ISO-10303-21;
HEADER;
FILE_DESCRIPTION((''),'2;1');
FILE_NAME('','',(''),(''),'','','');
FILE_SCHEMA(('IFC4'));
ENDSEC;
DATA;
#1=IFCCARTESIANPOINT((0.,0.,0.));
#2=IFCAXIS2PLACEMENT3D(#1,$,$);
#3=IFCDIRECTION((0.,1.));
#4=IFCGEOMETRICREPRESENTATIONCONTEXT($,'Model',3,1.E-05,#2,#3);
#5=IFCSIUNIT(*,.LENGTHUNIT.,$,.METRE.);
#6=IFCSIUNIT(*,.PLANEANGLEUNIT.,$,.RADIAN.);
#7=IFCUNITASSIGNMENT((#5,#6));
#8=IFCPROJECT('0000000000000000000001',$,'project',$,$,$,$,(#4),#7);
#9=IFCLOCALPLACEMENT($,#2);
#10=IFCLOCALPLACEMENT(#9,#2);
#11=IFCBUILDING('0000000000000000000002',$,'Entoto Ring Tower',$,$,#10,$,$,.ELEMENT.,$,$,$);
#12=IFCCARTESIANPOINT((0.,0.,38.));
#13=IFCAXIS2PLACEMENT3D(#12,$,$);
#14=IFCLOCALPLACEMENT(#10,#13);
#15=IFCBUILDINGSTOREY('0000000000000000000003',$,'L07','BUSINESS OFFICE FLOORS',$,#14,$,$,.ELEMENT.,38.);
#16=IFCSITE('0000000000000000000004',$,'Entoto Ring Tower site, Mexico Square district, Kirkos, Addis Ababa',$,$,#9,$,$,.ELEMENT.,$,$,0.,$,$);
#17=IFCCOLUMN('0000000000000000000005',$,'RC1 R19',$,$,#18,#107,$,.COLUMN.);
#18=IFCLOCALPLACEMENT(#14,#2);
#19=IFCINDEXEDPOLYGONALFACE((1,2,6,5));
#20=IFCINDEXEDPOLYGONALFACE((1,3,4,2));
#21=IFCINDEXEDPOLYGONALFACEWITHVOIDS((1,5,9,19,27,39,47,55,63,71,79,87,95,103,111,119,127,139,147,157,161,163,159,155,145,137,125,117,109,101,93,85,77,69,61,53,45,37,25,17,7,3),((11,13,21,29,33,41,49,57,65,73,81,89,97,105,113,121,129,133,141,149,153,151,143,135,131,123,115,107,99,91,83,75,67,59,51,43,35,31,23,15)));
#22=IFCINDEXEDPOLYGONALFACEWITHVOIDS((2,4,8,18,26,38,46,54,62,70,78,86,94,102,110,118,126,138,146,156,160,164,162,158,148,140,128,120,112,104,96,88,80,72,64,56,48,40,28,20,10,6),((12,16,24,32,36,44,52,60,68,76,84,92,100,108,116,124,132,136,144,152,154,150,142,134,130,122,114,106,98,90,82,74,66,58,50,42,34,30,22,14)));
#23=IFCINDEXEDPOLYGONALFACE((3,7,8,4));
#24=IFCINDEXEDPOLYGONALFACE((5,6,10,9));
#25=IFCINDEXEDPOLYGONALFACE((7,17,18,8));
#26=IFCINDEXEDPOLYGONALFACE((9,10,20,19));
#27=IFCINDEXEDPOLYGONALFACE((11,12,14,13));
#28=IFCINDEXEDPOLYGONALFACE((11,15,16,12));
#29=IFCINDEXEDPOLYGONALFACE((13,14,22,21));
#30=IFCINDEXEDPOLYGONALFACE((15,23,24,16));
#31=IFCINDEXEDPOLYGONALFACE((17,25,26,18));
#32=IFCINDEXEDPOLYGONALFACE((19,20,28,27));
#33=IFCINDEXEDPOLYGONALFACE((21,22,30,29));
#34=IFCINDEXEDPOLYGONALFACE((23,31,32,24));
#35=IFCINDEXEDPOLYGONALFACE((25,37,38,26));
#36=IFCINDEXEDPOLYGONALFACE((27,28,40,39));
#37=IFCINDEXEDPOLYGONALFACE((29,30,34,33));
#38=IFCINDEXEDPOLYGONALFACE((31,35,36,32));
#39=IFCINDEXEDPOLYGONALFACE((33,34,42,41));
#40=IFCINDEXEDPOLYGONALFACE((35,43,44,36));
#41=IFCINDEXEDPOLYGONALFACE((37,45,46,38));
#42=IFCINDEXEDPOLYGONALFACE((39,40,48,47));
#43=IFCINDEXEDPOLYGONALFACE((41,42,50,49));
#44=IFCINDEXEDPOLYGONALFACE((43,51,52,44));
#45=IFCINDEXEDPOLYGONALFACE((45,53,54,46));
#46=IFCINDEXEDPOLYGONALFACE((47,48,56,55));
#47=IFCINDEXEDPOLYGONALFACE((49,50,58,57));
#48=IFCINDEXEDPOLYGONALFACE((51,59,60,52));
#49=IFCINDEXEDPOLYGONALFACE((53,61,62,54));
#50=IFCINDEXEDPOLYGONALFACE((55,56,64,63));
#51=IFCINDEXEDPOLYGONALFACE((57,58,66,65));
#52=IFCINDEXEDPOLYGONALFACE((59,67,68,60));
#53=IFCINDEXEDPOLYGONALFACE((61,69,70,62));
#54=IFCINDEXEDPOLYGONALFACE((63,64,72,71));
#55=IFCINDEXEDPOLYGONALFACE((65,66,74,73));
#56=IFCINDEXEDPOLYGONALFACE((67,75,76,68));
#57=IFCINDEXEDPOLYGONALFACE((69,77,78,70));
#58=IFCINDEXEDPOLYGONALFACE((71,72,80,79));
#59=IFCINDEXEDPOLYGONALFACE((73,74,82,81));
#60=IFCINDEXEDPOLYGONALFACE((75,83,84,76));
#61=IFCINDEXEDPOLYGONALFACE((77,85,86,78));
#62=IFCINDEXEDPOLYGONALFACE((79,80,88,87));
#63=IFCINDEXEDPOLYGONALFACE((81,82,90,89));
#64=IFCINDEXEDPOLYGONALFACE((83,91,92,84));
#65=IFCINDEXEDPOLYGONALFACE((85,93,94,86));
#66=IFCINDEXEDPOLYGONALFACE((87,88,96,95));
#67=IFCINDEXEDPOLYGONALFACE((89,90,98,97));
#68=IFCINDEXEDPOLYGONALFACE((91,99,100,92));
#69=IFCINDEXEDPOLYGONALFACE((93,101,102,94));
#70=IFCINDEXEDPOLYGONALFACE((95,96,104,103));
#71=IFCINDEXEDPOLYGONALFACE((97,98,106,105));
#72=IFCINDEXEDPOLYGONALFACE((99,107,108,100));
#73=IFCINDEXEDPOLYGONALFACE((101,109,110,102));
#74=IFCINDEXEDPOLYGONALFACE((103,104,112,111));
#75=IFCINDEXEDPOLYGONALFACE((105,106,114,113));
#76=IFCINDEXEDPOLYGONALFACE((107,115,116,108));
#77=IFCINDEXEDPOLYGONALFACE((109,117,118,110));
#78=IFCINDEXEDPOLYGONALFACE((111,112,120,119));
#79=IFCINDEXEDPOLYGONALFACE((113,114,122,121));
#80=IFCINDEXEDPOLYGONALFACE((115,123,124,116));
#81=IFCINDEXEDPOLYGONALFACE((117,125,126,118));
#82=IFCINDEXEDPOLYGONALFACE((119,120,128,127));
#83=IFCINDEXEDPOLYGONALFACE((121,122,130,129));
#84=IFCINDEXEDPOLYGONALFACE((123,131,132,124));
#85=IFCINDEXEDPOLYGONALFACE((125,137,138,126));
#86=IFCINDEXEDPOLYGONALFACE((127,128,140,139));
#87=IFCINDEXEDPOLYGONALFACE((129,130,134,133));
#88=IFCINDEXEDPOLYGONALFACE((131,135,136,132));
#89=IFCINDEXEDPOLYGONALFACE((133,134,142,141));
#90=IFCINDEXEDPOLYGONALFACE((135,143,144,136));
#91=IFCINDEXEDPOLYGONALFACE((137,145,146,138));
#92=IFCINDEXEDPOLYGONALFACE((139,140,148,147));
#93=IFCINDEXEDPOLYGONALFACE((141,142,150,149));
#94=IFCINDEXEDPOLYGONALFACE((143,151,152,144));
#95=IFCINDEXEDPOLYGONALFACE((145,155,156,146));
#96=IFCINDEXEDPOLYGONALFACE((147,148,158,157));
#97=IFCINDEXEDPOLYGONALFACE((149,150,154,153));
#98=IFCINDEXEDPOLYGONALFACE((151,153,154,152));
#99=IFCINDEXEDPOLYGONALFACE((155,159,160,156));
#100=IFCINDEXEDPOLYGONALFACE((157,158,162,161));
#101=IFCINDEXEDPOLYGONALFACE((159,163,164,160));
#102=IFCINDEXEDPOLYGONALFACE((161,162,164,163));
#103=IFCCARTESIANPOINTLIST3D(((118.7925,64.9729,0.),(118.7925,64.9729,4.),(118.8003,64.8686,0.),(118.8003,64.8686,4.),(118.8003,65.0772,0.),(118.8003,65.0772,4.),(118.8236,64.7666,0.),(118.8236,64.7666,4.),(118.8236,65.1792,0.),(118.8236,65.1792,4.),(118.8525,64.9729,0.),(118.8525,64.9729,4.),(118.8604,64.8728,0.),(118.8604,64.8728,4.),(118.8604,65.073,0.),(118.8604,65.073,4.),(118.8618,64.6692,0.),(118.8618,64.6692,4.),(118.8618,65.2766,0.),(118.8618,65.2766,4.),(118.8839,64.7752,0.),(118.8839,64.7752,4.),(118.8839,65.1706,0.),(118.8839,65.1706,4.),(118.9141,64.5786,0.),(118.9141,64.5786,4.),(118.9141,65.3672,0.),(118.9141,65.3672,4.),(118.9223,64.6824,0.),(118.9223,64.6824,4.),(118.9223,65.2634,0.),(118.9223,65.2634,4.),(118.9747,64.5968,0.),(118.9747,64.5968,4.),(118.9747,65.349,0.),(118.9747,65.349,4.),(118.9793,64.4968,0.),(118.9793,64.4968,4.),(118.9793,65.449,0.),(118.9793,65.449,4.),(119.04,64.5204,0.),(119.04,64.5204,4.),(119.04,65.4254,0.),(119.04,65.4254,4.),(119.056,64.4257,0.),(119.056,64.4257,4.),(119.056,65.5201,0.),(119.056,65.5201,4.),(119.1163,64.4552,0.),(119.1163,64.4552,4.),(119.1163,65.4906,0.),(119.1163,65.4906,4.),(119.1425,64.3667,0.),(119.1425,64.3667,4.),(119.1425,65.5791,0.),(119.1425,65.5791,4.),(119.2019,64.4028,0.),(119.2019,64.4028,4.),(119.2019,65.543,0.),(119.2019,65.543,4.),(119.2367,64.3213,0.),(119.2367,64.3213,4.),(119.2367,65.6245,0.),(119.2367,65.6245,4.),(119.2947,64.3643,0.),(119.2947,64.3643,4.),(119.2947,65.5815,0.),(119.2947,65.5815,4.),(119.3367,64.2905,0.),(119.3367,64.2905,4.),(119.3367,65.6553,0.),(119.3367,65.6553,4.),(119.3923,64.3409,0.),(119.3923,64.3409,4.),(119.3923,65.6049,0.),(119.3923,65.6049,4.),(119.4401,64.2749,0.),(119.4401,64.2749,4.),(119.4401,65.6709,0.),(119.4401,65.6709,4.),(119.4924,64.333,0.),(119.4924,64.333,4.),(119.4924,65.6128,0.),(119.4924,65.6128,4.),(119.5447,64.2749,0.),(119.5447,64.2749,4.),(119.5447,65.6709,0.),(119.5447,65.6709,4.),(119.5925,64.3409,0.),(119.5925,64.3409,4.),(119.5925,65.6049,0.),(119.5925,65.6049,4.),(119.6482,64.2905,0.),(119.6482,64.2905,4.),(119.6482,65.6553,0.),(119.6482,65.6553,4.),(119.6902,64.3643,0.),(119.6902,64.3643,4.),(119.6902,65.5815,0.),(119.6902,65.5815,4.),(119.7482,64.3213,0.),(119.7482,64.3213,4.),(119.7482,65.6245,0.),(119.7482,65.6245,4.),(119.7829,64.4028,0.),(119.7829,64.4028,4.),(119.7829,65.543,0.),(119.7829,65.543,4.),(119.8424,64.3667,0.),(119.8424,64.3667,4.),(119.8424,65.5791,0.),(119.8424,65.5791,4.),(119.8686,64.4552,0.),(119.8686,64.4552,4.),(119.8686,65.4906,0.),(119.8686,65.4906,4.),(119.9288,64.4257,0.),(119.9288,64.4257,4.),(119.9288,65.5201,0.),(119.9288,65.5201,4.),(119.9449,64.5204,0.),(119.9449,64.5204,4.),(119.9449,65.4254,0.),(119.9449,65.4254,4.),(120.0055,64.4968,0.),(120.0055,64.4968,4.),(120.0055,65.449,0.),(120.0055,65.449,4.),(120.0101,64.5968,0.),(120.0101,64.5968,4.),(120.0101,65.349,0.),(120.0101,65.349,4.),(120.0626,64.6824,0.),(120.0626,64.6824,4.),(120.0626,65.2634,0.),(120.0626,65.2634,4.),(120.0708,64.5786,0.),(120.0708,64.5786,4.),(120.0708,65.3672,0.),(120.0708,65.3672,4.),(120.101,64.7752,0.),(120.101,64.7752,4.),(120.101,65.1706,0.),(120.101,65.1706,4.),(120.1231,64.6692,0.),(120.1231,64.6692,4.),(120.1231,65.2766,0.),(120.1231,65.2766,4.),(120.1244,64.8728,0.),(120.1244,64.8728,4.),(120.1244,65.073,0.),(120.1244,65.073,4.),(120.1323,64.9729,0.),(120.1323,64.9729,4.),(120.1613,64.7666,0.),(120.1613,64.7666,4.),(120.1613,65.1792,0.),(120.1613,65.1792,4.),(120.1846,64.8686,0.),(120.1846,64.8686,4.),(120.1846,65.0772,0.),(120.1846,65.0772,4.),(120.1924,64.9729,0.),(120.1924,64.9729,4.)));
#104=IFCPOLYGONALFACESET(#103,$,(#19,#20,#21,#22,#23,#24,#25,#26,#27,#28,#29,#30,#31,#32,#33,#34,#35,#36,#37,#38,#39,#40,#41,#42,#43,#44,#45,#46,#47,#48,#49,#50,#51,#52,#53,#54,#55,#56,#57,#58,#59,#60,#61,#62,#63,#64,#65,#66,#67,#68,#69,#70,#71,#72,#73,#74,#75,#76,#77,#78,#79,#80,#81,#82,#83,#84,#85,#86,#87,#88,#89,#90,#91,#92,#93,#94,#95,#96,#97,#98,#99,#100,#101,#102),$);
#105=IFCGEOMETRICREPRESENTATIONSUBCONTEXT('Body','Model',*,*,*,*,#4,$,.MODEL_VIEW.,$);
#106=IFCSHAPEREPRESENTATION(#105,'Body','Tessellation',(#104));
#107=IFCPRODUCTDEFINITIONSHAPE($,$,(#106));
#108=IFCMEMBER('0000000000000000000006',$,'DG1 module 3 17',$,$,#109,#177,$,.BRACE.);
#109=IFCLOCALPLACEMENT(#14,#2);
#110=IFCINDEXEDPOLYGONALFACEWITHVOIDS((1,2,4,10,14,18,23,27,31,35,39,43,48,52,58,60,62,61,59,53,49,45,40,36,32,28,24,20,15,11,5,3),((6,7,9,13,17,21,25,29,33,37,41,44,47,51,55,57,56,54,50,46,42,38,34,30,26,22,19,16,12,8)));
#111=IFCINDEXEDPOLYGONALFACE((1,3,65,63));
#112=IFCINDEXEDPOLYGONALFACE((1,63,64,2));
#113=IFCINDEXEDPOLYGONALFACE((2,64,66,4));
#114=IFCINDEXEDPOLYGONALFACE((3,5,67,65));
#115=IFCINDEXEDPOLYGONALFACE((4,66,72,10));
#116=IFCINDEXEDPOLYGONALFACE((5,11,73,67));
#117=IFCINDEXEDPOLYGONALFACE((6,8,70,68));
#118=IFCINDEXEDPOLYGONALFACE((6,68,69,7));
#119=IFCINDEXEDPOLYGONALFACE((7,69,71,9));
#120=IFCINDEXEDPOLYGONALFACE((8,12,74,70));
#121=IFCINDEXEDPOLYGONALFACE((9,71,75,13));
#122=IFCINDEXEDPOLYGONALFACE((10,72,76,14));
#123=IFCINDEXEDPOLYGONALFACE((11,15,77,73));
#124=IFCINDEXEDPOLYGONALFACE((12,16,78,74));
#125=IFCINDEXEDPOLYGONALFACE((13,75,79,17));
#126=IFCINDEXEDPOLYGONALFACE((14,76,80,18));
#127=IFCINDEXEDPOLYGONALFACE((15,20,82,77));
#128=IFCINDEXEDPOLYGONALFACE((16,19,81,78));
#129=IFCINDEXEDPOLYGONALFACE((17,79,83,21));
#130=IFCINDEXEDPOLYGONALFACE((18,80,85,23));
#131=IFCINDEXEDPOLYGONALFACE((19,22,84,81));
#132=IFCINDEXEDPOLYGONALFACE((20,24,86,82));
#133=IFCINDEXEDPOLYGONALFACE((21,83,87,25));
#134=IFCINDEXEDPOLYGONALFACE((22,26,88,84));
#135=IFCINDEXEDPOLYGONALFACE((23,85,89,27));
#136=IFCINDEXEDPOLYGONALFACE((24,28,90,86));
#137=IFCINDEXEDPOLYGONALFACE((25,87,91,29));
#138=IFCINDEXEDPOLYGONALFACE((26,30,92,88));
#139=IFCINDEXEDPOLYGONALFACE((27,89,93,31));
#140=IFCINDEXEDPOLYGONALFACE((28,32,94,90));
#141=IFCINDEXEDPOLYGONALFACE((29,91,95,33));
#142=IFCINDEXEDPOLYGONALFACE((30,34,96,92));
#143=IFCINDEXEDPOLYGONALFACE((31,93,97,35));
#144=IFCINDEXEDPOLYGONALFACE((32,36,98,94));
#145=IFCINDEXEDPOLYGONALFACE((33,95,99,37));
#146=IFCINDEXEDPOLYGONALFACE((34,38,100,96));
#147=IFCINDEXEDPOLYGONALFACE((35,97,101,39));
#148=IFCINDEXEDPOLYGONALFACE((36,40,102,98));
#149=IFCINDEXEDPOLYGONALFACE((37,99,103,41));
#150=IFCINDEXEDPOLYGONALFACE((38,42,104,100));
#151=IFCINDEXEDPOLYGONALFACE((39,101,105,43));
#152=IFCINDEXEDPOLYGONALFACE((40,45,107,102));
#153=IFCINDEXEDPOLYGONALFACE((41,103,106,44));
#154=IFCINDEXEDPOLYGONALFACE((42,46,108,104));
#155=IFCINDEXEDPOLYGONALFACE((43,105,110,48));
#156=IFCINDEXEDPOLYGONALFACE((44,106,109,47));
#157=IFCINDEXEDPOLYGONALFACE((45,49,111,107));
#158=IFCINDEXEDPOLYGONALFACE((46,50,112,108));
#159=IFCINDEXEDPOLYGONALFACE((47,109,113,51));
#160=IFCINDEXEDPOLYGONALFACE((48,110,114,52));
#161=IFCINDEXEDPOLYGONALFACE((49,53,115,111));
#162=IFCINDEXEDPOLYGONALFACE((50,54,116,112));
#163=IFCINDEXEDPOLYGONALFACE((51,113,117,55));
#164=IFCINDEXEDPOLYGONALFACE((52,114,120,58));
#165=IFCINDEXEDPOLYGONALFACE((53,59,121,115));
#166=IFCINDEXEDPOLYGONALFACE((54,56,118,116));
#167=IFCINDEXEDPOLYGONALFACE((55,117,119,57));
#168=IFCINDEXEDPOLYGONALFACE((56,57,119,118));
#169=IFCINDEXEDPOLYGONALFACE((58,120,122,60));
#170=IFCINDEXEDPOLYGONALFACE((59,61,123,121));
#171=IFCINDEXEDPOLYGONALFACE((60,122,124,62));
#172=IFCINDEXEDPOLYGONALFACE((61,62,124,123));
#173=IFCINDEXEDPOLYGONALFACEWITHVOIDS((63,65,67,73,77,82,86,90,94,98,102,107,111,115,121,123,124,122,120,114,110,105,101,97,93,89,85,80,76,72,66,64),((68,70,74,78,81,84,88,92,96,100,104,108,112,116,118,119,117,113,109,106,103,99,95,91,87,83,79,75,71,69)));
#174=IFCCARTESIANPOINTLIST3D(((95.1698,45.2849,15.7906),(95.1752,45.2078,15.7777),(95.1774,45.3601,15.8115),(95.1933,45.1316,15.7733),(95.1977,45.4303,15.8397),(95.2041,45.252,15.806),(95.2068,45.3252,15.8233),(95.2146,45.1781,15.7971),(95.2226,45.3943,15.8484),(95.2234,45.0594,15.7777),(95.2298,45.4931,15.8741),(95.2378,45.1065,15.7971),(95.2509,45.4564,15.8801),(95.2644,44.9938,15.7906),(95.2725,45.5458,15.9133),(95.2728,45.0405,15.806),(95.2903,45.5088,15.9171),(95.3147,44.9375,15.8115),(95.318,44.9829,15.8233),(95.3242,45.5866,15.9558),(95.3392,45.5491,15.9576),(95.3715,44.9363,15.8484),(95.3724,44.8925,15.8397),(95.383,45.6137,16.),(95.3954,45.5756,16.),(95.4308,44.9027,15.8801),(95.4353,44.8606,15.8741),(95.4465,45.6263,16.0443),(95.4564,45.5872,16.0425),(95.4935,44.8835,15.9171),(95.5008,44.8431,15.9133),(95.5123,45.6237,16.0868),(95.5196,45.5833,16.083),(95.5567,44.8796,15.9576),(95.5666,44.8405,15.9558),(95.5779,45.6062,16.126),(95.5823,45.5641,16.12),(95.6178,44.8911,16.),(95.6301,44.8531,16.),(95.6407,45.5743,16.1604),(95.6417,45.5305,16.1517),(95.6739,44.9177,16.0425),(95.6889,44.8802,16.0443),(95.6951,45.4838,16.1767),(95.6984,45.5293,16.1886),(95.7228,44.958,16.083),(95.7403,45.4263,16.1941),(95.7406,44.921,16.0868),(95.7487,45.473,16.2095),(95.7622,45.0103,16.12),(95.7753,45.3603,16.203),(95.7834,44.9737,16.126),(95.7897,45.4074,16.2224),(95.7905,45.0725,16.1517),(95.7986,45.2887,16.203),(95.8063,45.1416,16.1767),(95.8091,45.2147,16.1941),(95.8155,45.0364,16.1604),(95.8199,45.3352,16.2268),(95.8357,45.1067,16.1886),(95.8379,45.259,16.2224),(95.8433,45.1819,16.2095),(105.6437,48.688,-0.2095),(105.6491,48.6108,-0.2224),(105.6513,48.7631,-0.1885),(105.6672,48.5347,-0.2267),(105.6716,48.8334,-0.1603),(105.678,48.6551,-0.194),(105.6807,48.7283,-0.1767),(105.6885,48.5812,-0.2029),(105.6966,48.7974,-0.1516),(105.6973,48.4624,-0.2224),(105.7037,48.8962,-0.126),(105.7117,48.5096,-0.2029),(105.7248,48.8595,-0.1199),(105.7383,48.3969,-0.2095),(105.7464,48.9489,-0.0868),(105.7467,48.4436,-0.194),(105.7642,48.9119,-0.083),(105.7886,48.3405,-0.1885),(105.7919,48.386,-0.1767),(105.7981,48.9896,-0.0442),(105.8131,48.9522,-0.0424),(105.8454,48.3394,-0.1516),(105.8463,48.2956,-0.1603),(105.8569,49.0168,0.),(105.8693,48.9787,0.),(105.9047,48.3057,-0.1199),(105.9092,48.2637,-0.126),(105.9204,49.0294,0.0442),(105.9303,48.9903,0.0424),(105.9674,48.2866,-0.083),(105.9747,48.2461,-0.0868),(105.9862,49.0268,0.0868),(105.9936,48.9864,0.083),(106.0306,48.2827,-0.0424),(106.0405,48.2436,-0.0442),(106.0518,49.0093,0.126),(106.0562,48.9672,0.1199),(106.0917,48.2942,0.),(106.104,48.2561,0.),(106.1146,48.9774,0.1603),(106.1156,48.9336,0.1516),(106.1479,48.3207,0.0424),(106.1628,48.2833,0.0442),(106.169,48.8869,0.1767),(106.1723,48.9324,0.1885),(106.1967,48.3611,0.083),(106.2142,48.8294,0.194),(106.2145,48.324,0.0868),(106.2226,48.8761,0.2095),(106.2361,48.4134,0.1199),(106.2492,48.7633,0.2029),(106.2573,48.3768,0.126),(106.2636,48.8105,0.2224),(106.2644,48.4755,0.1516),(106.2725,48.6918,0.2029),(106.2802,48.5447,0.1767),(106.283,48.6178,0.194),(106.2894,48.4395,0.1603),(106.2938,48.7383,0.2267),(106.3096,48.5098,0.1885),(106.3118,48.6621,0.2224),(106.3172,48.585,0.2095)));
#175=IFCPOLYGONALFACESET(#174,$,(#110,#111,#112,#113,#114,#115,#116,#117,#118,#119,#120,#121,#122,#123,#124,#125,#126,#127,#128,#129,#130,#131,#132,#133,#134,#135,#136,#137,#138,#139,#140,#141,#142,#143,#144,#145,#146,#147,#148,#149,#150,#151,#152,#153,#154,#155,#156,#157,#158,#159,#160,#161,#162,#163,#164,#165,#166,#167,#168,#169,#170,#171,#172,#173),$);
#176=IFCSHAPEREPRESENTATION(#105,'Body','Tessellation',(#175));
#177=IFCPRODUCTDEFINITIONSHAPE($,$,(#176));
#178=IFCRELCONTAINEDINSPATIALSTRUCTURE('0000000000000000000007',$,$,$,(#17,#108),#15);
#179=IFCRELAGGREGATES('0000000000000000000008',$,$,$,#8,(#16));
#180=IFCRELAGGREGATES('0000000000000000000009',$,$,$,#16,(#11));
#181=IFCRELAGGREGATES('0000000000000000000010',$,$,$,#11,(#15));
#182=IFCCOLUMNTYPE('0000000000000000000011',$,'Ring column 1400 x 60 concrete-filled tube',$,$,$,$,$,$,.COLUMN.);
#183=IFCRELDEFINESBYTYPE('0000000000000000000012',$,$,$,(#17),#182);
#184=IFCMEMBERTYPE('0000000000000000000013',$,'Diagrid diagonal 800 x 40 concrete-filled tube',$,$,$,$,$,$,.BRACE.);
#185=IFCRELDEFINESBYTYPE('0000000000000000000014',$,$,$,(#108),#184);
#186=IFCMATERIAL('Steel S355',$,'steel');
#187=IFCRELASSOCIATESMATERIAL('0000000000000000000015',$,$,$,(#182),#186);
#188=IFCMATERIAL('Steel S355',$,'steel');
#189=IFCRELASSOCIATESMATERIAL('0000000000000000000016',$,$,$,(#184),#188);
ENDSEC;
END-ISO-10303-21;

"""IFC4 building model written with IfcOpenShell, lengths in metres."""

from ifc_helpers import new_model, si_unit, direction, frame, origin, origin_2d, place, context, subcontext, project, spatial, circle, hollow_circle, extrude, material, material_profile, profile_set, type_object, element, save


model = new_model("IFC4")

# Units and contexts
model_context = context("Model", 3, precision=1e-05, world=origin(), true_north=direction((0.0, 1.0)))
body_context = subcontext(model_context, "Body", "Model", "MODEL_VIEW")
ifc_project = project(units=[si_unit("LENGTHUNIT", "METRE"), si_unit("PLANEANGLEUNIT", "RADIAN")], contexts=[model_context])

# Site, building, storey
site_placement = place(None, origin())
site = spatial("IfcSite", under=ifc_project, at=site_placement, Name="Entoto Ring Tower site, Mexico Square district, Kirkos, Addis Ababa", CompositionType="ELEMENT", RefElevation=0.0)
building_placement = place(site_placement, origin())
building = spatial("IfcBuilding", under=site, at=building_placement, Name="Entoto Ring Tower", CompositionType="ELEMENT")
storey_placement = place(building_placement, frame((0.0, 0.0, 38.0)))
storey = spatial("IfcBuildingStorey", under=building, at=storey_placement, Name="L07", Description="BUSINESS OFFICE FLOORS", CompositionType="ELEMENT", Elevation=38.0)

# Column
ifc_material_1 = material(Name="Steel S355", Category="steel")
ifc_material_profile_1 = material_profile(ifc_material_1, hollow_circle(Radius=0.7, WallThickness=0.0601, at=origin_2d()), Name="CHS 1400 x 60")
ifc_material_2 = material(Name="Concrete C60/75", Category="concrete")
ifc_material_profile_2 = material_profile(ifc_material_2, circle(Radius=0.6399, at=origin_2d()), Name="Concrete C60/75 infill")
ifc_profile_set_1 = profile_set([ifc_material_profile_1, ifc_material_profile_2], Name="Steel S355")
column_type = type_object("IfcColumnType", Name="Ring column 1400 x 60 concrete-filled tube", PredefinedType="COLUMN", material=ifc_profile_set_1)
for number, where, z_axis, x_axis, name in (
    (1, (119.4924, 64.9729, 0.0), (0.0, 0.0, 1.0), (1.0, 0.0, 0.0), "RC1 R19"),
):
    element("IfcColumn", number, at=place(storey_placement, frame(where, z_axis=z_axis, x_axis=x_axis)), inside=storey, type_object=column_type, Name=name, PredefinedType="COLUMN", context=body_context, shape_type="SweptSolid", body=[
        extrude(hollow_circle(Radius=0.7, WallThickness=0.0601, at=origin_2d()), origin(), (0.0, 0.0, 1.0), 4.0),
    ])

# Member
ifc_material_3 = material(Name="Steel S355", Category="steel")
ifc_material_profile_3 = material_profile(ifc_material_3, hollow_circle(Radius=0.3999, WallThickness=0.04, at=origin_2d()), Name="CHS 800 x 40")
ifc_material_4 = material(Name="Concrete C60/75", Category="concrete")
ifc_material_profile_4 = material_profile(ifc_material_4, circle(Radius=0.3601, at=origin_2d()), Name="Concrete C60/75 infill")
ifc_profile_set_2 = profile_set([ifc_material_profile_3, ifc_material_profile_4], Name="Steel S355")
member_type_1 = type_object("IfcMemberType", Name="Diagrid diagonal 800 x 40 concrete-filled tube", PredefinedType="BRACE", material=ifc_profile_set_2)
for number, where, z_axis, x_axis, name in (
    (2, (105.9805, 48.6365, 0.0), (-0.53923, -0.175202, 0.823733), (0.309009, -0.951059, 0.0), "DG1 module 3 17"),
):
    element("IfcMember", number, at=place(storey_placement, frame(where, z_axis=z_axis, x_axis=x_axis)), inside=storey, type_object=member_type_1, Name=name, PredefinedType="BRACE", context=body_context, shape_type="SweptSolid", body=[
        extrude(hollow_circle(Radius=0.3999, WallThickness=0.04, at=origin_2d()), origin(), (0.0, 0.0, 1.0), 19.4238),
    ])

save(model, "model.ifc")
